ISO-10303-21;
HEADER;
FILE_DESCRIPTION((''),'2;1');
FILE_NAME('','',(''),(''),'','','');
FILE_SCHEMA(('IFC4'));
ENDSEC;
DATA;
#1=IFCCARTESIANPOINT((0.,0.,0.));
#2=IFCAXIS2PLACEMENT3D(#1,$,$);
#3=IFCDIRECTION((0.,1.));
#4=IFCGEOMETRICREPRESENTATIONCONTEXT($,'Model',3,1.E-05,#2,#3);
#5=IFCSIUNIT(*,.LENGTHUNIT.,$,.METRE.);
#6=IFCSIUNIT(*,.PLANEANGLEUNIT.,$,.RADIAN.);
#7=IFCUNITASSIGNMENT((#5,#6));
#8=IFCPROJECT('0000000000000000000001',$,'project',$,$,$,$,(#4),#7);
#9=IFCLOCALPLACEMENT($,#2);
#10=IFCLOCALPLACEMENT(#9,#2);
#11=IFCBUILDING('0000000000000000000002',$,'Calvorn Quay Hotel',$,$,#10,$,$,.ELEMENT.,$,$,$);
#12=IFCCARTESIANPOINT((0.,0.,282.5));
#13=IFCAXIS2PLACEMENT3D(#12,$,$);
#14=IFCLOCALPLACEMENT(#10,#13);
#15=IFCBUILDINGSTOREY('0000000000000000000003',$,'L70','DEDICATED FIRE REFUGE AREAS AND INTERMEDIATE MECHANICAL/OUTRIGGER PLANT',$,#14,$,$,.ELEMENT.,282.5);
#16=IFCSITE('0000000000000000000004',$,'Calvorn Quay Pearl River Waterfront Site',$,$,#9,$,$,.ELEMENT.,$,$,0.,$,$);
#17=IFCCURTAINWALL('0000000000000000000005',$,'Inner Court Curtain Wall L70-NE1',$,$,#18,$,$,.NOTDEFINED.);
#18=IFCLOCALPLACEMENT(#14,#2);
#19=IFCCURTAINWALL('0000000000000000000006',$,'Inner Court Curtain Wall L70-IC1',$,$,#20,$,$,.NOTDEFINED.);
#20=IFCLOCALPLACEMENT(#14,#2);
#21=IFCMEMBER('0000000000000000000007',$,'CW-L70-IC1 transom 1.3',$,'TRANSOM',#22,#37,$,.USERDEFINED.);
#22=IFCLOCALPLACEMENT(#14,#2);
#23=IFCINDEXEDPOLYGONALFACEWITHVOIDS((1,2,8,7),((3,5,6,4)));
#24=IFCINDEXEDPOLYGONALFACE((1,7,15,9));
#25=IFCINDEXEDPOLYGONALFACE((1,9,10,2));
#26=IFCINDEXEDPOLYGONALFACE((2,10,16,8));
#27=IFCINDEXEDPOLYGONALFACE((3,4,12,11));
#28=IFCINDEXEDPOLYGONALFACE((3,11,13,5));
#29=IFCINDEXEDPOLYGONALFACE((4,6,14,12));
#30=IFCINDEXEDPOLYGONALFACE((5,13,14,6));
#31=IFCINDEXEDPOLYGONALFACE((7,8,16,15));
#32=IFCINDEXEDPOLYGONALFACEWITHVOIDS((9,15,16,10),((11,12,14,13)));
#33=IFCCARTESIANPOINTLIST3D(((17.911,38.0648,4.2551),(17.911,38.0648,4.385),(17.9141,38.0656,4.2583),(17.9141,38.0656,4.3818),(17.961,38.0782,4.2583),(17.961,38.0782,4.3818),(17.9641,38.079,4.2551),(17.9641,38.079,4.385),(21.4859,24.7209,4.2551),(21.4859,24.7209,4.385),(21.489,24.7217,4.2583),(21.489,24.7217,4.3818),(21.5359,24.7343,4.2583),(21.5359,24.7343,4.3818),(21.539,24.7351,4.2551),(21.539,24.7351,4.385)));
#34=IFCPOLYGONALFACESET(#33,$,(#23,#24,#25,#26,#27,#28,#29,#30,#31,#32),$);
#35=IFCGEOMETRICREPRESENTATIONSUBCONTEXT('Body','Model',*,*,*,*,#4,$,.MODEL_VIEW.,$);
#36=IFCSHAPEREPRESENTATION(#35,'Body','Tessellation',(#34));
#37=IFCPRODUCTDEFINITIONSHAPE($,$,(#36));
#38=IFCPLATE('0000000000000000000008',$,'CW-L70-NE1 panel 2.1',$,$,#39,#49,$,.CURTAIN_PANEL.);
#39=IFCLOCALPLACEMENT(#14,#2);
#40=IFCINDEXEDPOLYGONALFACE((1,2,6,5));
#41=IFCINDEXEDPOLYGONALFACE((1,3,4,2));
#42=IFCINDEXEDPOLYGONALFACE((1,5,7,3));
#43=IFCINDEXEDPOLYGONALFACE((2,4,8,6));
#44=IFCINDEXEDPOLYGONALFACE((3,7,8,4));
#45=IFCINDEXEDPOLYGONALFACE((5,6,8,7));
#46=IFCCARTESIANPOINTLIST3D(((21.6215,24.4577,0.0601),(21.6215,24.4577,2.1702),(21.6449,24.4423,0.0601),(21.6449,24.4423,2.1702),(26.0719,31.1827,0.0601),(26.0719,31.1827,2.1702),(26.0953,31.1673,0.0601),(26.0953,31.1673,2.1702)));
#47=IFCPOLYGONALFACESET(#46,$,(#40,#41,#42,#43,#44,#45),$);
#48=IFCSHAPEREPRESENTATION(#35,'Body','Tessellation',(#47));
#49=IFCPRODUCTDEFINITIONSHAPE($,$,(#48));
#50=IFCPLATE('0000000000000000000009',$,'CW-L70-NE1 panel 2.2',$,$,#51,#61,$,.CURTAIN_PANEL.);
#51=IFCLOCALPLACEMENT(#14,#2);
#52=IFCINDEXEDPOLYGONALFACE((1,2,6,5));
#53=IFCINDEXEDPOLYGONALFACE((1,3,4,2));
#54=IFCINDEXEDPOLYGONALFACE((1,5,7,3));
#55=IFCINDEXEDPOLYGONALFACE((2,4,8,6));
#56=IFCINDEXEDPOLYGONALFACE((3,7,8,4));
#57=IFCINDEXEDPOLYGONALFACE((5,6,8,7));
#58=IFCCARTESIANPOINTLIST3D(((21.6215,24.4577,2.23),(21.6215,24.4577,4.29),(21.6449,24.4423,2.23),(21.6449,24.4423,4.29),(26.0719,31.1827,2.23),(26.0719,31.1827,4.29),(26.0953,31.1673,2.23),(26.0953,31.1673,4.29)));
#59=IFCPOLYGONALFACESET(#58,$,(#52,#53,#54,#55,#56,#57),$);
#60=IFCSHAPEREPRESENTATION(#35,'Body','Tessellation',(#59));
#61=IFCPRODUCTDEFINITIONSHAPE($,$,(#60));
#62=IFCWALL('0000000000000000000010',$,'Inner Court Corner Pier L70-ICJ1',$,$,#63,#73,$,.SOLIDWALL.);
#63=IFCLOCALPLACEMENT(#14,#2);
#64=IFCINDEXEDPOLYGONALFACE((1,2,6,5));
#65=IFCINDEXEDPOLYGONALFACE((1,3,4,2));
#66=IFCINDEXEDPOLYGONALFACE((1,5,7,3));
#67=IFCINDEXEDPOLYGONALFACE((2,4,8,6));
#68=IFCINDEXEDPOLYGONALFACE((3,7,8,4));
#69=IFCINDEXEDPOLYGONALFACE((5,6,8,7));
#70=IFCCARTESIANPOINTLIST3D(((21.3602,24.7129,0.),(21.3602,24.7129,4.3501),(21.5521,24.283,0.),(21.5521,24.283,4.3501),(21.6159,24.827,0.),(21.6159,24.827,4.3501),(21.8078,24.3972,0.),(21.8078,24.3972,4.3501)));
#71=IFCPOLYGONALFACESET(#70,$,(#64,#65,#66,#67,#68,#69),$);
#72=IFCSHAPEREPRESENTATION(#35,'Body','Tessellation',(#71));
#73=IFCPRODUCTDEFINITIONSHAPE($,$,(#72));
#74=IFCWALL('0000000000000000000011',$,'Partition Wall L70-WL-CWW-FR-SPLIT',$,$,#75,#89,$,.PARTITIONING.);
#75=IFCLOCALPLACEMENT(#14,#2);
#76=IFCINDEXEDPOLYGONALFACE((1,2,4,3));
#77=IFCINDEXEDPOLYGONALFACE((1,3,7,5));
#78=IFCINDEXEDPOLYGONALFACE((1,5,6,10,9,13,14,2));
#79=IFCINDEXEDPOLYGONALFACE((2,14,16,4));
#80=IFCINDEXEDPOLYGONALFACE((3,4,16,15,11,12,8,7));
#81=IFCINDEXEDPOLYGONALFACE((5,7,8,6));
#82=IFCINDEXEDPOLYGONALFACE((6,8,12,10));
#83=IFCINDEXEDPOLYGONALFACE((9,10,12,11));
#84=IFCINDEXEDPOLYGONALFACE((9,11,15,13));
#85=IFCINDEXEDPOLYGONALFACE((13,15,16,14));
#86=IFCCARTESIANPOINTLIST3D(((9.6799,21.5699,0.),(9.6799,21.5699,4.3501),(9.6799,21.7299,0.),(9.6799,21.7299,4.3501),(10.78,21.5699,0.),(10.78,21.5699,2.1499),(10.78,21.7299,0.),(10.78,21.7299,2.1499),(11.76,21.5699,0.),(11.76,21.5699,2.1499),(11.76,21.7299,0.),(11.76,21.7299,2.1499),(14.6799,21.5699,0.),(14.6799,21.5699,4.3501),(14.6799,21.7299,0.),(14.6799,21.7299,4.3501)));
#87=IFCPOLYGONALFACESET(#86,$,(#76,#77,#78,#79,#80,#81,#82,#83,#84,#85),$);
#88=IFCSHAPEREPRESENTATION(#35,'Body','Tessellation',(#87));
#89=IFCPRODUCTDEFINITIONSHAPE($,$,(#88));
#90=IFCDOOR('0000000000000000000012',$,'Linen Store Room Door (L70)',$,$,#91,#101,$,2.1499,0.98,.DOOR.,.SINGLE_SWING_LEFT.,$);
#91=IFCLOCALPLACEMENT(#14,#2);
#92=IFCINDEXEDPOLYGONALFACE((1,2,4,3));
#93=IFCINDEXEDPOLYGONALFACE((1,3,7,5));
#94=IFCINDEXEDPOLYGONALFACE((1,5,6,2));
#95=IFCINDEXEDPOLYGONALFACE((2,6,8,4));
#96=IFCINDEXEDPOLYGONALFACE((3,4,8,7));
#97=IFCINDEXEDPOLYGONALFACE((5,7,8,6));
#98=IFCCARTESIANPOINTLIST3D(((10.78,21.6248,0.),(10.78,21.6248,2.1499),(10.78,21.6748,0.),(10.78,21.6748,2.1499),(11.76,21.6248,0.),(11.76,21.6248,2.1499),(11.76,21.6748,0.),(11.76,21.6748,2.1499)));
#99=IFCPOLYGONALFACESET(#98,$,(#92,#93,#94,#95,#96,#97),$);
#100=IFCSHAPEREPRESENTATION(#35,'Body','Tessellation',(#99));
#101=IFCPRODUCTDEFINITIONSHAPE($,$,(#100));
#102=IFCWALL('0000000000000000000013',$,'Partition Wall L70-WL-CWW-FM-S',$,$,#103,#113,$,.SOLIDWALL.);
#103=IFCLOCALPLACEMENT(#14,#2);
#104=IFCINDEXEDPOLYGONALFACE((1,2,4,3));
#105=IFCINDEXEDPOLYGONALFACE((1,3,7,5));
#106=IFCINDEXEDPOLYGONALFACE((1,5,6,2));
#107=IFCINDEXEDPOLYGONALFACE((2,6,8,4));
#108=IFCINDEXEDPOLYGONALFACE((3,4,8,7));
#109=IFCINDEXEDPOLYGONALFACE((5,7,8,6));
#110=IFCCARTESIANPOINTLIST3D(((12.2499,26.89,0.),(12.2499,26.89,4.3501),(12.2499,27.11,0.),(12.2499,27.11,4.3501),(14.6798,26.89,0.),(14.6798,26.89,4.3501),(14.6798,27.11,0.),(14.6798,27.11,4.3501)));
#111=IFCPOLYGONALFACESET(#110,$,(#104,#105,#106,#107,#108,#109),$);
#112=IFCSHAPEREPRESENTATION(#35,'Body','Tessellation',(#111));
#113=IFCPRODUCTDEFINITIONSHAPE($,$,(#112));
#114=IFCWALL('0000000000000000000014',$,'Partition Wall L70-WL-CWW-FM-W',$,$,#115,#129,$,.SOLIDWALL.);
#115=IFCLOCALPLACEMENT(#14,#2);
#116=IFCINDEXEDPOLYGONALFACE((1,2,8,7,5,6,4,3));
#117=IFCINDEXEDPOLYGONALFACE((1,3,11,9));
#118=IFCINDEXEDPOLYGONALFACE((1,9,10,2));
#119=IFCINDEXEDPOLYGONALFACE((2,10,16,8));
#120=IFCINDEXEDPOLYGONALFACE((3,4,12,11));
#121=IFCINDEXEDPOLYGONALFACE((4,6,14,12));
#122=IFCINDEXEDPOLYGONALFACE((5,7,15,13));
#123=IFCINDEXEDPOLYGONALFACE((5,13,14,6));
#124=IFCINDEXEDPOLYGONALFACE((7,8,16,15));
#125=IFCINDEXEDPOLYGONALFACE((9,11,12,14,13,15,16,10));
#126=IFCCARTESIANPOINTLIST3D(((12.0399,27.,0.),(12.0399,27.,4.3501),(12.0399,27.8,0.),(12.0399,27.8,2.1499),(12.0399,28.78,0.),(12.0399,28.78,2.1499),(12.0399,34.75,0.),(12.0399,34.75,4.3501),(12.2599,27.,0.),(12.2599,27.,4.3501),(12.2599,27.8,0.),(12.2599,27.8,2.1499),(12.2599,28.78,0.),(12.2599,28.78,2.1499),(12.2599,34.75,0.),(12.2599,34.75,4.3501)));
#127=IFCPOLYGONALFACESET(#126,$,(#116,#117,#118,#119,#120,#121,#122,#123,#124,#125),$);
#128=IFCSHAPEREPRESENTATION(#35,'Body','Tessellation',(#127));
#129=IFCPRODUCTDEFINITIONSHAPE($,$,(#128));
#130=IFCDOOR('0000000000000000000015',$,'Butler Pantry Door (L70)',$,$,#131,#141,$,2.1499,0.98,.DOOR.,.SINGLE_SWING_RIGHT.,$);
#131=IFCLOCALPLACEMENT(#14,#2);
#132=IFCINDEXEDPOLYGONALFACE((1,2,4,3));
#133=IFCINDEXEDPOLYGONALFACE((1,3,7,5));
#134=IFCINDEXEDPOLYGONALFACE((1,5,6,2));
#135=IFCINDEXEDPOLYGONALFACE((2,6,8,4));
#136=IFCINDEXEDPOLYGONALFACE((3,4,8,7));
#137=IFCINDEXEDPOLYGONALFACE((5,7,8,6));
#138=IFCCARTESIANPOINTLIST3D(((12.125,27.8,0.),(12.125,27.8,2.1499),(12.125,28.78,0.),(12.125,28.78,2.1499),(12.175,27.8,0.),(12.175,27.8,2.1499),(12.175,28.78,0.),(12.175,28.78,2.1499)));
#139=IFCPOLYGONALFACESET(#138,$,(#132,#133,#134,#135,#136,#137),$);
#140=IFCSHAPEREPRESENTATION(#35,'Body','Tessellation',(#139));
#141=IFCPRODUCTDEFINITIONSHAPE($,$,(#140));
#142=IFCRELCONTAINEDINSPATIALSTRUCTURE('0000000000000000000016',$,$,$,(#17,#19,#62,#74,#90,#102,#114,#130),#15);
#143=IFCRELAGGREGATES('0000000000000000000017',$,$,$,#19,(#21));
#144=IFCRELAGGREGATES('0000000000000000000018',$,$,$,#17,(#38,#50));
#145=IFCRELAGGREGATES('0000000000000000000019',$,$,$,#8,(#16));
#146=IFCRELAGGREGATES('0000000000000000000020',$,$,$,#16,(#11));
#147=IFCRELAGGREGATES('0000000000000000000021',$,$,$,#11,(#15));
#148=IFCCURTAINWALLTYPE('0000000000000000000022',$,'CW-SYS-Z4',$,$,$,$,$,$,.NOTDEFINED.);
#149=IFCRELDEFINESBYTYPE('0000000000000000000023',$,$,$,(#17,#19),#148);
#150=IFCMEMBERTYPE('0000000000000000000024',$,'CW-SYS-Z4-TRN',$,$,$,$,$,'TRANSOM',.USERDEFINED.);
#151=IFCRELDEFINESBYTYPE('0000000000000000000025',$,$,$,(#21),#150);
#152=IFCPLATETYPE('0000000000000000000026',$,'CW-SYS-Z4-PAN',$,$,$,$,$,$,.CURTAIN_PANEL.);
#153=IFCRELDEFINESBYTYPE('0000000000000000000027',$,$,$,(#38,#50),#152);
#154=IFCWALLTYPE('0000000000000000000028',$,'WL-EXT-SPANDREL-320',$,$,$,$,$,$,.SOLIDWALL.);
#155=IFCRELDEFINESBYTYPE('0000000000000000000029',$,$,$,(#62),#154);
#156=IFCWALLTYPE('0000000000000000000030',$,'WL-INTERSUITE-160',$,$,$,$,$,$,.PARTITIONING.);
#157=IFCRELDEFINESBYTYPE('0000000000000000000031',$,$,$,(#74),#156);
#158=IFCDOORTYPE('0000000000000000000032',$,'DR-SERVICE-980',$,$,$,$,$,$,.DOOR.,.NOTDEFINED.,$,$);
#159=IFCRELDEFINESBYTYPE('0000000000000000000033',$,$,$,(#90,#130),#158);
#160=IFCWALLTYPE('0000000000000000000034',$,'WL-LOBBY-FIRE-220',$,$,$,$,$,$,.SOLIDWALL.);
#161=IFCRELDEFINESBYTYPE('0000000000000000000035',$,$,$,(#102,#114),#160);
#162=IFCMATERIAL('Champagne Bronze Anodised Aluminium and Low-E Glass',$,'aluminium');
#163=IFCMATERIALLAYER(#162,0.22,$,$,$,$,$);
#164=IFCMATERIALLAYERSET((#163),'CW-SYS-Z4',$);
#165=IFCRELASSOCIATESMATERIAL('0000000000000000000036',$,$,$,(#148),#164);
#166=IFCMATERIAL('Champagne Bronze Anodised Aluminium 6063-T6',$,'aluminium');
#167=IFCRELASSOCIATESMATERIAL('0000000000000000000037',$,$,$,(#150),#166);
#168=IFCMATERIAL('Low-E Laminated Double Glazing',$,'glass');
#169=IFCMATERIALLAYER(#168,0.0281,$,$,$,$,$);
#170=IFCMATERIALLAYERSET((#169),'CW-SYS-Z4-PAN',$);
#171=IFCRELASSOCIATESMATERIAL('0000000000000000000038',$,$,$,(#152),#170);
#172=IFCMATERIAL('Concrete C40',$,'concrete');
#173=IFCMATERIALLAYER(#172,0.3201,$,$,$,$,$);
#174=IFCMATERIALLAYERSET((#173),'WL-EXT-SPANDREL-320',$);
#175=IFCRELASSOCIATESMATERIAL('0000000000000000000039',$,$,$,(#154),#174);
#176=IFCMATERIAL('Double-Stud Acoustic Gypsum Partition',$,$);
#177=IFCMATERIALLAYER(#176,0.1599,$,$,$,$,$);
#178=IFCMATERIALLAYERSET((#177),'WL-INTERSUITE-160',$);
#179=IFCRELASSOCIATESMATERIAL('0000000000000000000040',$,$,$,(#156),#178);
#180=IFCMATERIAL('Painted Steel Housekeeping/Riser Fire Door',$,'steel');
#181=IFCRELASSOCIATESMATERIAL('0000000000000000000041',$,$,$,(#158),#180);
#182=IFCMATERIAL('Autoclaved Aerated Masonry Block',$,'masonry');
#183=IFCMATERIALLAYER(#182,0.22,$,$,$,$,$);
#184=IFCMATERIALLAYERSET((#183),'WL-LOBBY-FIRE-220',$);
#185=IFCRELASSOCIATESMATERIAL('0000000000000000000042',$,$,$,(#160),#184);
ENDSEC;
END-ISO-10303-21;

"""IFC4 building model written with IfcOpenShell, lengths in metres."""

from ifc_helpers import new_model, si_unit, direction, frame, frame_2d, origin, origin_2d, place, context, subcontext, project, spatial, rectangle, hollow_rectangle, extrude, material, layer, layer_set, material_profile, profile_set, type_object, element, fill, aggregate, save


model = new_model("IFC4")

# Units and contexts
model_context = context("Model", 3, precision=1e-05, world=origin(), true_north=direction((0.0, 1.0)))
body_context = subcontext(model_context, "Body", "Model", "MODEL_VIEW")
ifc_project = project(units=[si_unit("LENGTHUNIT", "METRE"), si_unit("PLANEANGLEUNIT", "RADIAN")], contexts=[model_context])

# Site, building, storey
site_placement = place(None, origin())
site = spatial("IfcSite", under=ifc_project, at=site_placement, Name="Calvorn Quay Pearl River Waterfront Site", CompositionType="ELEMENT", RefElevation=0.0)
building_placement = place(site_placement, origin())
building = spatial("IfcBuilding", under=site, at=building_placement, Name="Calvorn Quay Hotel", CompositionType="ELEMENT")
storey_placement = place(building_placement, frame((0.0, 0.0, 282.5)))
storey = spatial("IfcBuildingStorey", under=building, at=storey_placement, Name="L70", Description="DEDICATED FIRE REFUGE AREAS AND INTERMEDIATE MECHANICAL/OUTRIGGER PLANT", CompositionType="ELEMENT", Elevation=282.5)

# Curtain wall
ifc_material_1 = material(Name="Champagne Bronze Anodised Aluminium and Low-E Glass", Category="aluminium")
ifc_layer_1 = layer(ifc_material_1, 0.22)
ifc_layer_set_1 = layer_set([ifc_layer_1], Name="CW-SYS-Z4")
curtain_wall_type = type_object("IfcCurtainWallType", Name="CW-SYS-Z4", PredefinedType="NOTDEFINED", material=ifc_layer_set_1)
curtain_wall_1_placement = place(storey_placement, origin())
curtain_wall_1 = element("IfcCurtainWall", 1, at=curtain_wall_1_placement, inside=storey, type_object=curtain_wall_type, Name="Inner Court Curtain Wall L70-NE1", PredefinedType="NOTDEFINED")

# Curtain wall, member
curtain_wall_2_placement = place(storey_placement, origin())
curtain_wall_2 = element("IfcCurtainWall", 2, at=curtain_wall_2_placement, inside=storey, type_object=curtain_wall_type, Name="Inner Court Curtain Wall L70-IC1", PredefinedType="NOTDEFINED")
ifc_material_2 = material(Name="Champagne Bronze Anodised Aluminium 6063-T6", Category="aluminium")
ifc_material_profile_1 = material_profile(ifc_material_2, hollow_rectangle(XDim=0.0549, YDim=0.1299, WallThickness=0.0032, at=origin_2d()), Name="ALU-T130x55x3.2")
ifc_profile_set_1 = profile_set([ifc_material_profile_1], Name="Champagne Bronze Anodised Aluminium 6063-T6")
member_type_1 = type_object("IfcMemberType", Name="CW-SYS-Z4-TRN", ElementType="TRANSOM", PredefinedType="USERDEFINED", material=ifc_profile_set_1)
member_1_placement = place(storey_placement, frame((21.5125, 24.728, 4.3201), z_axis=(-0.258781, 0.965936, 0.0), x_axis=(-0.965936, -0.258781, 0.0)))
member_1 = element("IfcMember", 3, at=member_1_placement, type_object=member_type_1, Name="CW-L70-IC1 transom 1.3", ObjectType="TRANSOM", PredefinedType="USERDEFINED", context=body_context, shape_type="SweptSolid", body=[
    extrude(hollow_rectangle(XDim=0.0549, YDim=0.1299, WallThickness=0.0032, at=origin_2d()), origin(), (0.0, 0.0, 1.0), 13.8145),
])
aggregate(curtain_wall_2, [member_1])

# Plates
ifc_material_3 = material(Name="Low-E Laminated Double Glazing", Category="glass")
ifc_layer_2 = layer(ifc_material_3, 0.0281)
ifc_layer_set_2 = layer_set([ifc_layer_2], Name="CW-SYS-Z4-PAN")
plate_type = type_object("IfcPlateType", Name="CW-SYS-Z4-PAN", PredefinedType="CURTAIN_PANEL", material=ifc_layer_set_2)
plate_1_placement = place(storey_placement, frame((23.8584, 27.8125, 0.0601), z_axis=(0.0, 0.0, 1.0), x_axis=(-0.551867, -0.833932, 0.0)))
plate_1 = element("IfcPlate", 4, at=plate_1_placement, type_object=plate_type, Name="CW-L70-NE1 panel 2.1", PredefinedType="CURTAIN_PANEL", context=body_context, shape_type="SweptSolid", body=[
    extrude(rectangle(XDim=8.0642, YDim=0.0281, at=origin_2d()), origin(), (0.0, 0.0, 1.0), 2.1101),
])
plate_2_placement = place(storey_placement, frame((23.8584, 27.8125, 2.23), z_axis=(0.0, 0.0, 1.0), x_axis=(-0.551867, -0.833932, 0.0)))
plate_2 = element("IfcPlate", 5, at=plate_2_placement, type_object=plate_type, Name="CW-L70-NE1 panel 2.2", PredefinedType="CURTAIN_PANEL", context=body_context, shape_type="SweptSolid", body=[
    extrude(rectangle(XDim=8.0642, YDim=0.0281, at=origin_2d()), origin(), (0.0, 0.0, 1.0), 2.0601),
])
aggregate(curtain_wall_1, [plate_1, plate_2])

# Wall
ifc_material_4 = material(Name="Concrete C40", Category="concrete")
ifc_layer_3 = layer(ifc_material_4, 0.3201)
ifc_layer_set_3 = layer_set([ifc_layer_3], Name="WL-EXT-SPANDREL-320")
wall_type_1 = type_object("IfcWallType", Name="WL-EXT-SPANDREL-320", PredefinedType="SOLIDWALL", material=ifc_layer_set_3)
wall_1_placement = place(storey_placement, frame((21.6799, 24.3401, 0.0), z_axis=(0.0, 0.0, 1.0), x_axis=(-0.407581, 0.913169, 0.0)))
element("IfcWall", 6, at=wall_1_placement, inside=storey, type_object=wall_type_1, Name="Inner Court Corner Pier L70-ICJ1", PredefinedType="SOLIDWALL", context=body_context, shape_type="SweptSolid", body=[
    extrude(rectangle(XDim=0.4707, YDim=0.28, at=frame_2d((0.2354, 0.0))), origin(), (0.0, 0.0, 1.0), 4.3501),
])

# Wall, opening, door
ifc_material_5 = material(Name="Double-Stud Acoustic Gypsum Partition")
ifc_layer_4 = layer(ifc_material_5, 0.1599)
ifc_layer_set_4 = layer_set([ifc_layer_4], Name="WL-INTERSUITE-160")
wall_type_2 = type_object("IfcWallType", Name="WL-INTERSUITE-160", PredefinedType="PARTITIONING", material=ifc_layer_set_4)
wall_2_placement = place(storey_placement, frame((9.6799, 21.6499, 0.0), z_axis=(0.0, 0.0, 1.0), x_axis=(1.0, 0.0, 0.0)))
wall_2 = element("IfcWall", 7, at=wall_2_placement, inside=storey, type_object=wall_type_2, Name="Partition Wall L70-WL-CWW-FR-SPLIT", PredefinedType="PARTITIONING", context=body_context, shape_type="SweptSolid", body=[
    extrude(rectangle(XDim=5.0, YDim=0.1599, at=frame_2d((2.5, 0.0))), origin(), (0.0, 0.0, 1.0), 4.3501),
])
opening_1_placement = place(wall_2_placement, frame((1.1001, 0.0, 0.0)))
opening_1 = element("IfcOpeningElement", 8, at=opening_1_placement, cuts=wall_2, PredefinedType="OPENING", context=body_context, shape_type="SweptSolid", body=[
    extrude(rectangle(XDim=0.98, YDim=2.1499, at=frame_2d((0.49, 1.075))), frame((0.0, 0.0898, 0.0), z_axis=(0.0, -1.0, 0.0), x_axis=(1.0, 0.0, 0.0)), (0.0, 0.0, 1.0), 0.1799),
])
ifc_material_6 = material(Name="Painted Steel Housekeeping/Riser Fire Door", Category="steel")
door_type_1 = type_object("IfcDoorType", Name="DR-SERVICE-980", OperationType="NOTDEFINED", PredefinedType="DOOR", material=ifc_material_6)
door_1_placement = place(opening_1_placement, origin())
door_1 = element("IfcDoor", 9, at=door_1_placement, inside=storey, type_object=door_type_1, Name="Linen Store Room Door (L70)", OperationType="SINGLE_SWING_LEFT", OverallHeight=2.1499, OverallWidth=0.98, PredefinedType="DOOR", context=body_context, shape_type="SweptSolid", body=[
    extrude(rectangle(XDim=0.98, YDim=2.1499, at=frame_2d((0.49, 1.075))), frame((0.0, 0.0249, 0.0), z_axis=(0.0, -1.0, 0.0), x_axis=(1.0, 0.0, 0.0)), (0.0, 0.0, 1.0), 0.05),
])
fill(opening_1, door_1)
ifc_material_7 = material(Name="Autoclaved Aerated Masonry Block", Category="masonry")
ifc_layer_5 = layer(ifc_material_7, 0.22)
ifc_layer_set_5 = layer_set([ifc_layer_5], Name="WL-LOBBY-FIRE-220")
wall_type_3 = type_object("IfcWallType", Name="WL-LOBBY-FIRE-220", PredefinedType="SOLIDWALL", material=ifc_layer_set_5)

# Wall
wall_3_placement = place(storey_placement, frame((12.25, 27.0, 0.0), z_axis=(0.0, 0.0, 1.0), x_axis=(1.0, 0.0, 0.0)))
element("IfcWall", 10, at=wall_3_placement, inside=storey, type_object=wall_type_3, Name="Partition Wall L70-WL-CWW-FM-S", PredefinedType="SOLIDWALL", context=body_context, shape_type="SweptSolid", body=[
    extrude(rectangle(XDim=2.4299, YDim=0.22, at=frame_2d((1.2148, 0.0))), origin(), (0.0, 0.0, 1.0), 4.3501),
])

# Wall, opening, door
wall_4_placement = place(storey_placement, frame((12.1499, 27.0, 0.0), z_axis=(0.0, 0.0, 1.0), x_axis=(0.0, 1.0, 0.0)))
wall_4 = element("IfcWall", 11, at=wall_4_placement, inside=storey, type_object=wall_type_3, Name="Partition Wall L70-WL-CWW-FM-W", PredefinedType="SOLIDWALL", context=body_context, shape_type="SweptSolid", body=[
    extrude(rectangle(XDim=7.75, YDim=0.22, at=frame_2d((3.875, 0.0))), origin(), (0.0, 0.0, 1.0), 4.3501),
])
opening_2_placement = place(wall_4_placement, frame((0.8, 0.0, 0.0)))
opening_2 = element("IfcOpeningElement", 12, at=opening_2_placement, cuts=wall_4, PredefinedType="OPENING", context=body_context, shape_type="SweptSolid", body=[
    extrude(rectangle(XDim=0.98, YDim=2.1499, at=frame_2d((0.49, 1.075))), frame((0.0, 0.1199, 0.0), z_axis=(0.0, -1.0, 0.0), x_axis=(1.0, 0.0, 0.0)), (0.0, 0.0, 1.0), 0.24),
])
door_2_placement = place(opening_2_placement, origin())
door_2 = element("IfcDoor", 13, at=door_2_placement, inside=storey, type_object=door_type_1, Name="Butler Pantry Door (L70)", OperationType="SINGLE_SWING_RIGHT", OverallHeight=2.1499, OverallWidth=0.98, PredefinedType="DOOR", context=body_context, shape_type="SweptSolid", body=[
    extrude(rectangle(XDim=0.98, YDim=2.1499, at=frame_2d((0.49, 1.075))), frame((0.0, 0.0249, 0.0), z_axis=(0.0, -1.0, 0.0), x_axis=(1.0, 0.0, 0.0)), (0.0, 0.0, 1.0), 0.05),
])
fill(opening_2, door_2)

save(model, "model.ifc")
